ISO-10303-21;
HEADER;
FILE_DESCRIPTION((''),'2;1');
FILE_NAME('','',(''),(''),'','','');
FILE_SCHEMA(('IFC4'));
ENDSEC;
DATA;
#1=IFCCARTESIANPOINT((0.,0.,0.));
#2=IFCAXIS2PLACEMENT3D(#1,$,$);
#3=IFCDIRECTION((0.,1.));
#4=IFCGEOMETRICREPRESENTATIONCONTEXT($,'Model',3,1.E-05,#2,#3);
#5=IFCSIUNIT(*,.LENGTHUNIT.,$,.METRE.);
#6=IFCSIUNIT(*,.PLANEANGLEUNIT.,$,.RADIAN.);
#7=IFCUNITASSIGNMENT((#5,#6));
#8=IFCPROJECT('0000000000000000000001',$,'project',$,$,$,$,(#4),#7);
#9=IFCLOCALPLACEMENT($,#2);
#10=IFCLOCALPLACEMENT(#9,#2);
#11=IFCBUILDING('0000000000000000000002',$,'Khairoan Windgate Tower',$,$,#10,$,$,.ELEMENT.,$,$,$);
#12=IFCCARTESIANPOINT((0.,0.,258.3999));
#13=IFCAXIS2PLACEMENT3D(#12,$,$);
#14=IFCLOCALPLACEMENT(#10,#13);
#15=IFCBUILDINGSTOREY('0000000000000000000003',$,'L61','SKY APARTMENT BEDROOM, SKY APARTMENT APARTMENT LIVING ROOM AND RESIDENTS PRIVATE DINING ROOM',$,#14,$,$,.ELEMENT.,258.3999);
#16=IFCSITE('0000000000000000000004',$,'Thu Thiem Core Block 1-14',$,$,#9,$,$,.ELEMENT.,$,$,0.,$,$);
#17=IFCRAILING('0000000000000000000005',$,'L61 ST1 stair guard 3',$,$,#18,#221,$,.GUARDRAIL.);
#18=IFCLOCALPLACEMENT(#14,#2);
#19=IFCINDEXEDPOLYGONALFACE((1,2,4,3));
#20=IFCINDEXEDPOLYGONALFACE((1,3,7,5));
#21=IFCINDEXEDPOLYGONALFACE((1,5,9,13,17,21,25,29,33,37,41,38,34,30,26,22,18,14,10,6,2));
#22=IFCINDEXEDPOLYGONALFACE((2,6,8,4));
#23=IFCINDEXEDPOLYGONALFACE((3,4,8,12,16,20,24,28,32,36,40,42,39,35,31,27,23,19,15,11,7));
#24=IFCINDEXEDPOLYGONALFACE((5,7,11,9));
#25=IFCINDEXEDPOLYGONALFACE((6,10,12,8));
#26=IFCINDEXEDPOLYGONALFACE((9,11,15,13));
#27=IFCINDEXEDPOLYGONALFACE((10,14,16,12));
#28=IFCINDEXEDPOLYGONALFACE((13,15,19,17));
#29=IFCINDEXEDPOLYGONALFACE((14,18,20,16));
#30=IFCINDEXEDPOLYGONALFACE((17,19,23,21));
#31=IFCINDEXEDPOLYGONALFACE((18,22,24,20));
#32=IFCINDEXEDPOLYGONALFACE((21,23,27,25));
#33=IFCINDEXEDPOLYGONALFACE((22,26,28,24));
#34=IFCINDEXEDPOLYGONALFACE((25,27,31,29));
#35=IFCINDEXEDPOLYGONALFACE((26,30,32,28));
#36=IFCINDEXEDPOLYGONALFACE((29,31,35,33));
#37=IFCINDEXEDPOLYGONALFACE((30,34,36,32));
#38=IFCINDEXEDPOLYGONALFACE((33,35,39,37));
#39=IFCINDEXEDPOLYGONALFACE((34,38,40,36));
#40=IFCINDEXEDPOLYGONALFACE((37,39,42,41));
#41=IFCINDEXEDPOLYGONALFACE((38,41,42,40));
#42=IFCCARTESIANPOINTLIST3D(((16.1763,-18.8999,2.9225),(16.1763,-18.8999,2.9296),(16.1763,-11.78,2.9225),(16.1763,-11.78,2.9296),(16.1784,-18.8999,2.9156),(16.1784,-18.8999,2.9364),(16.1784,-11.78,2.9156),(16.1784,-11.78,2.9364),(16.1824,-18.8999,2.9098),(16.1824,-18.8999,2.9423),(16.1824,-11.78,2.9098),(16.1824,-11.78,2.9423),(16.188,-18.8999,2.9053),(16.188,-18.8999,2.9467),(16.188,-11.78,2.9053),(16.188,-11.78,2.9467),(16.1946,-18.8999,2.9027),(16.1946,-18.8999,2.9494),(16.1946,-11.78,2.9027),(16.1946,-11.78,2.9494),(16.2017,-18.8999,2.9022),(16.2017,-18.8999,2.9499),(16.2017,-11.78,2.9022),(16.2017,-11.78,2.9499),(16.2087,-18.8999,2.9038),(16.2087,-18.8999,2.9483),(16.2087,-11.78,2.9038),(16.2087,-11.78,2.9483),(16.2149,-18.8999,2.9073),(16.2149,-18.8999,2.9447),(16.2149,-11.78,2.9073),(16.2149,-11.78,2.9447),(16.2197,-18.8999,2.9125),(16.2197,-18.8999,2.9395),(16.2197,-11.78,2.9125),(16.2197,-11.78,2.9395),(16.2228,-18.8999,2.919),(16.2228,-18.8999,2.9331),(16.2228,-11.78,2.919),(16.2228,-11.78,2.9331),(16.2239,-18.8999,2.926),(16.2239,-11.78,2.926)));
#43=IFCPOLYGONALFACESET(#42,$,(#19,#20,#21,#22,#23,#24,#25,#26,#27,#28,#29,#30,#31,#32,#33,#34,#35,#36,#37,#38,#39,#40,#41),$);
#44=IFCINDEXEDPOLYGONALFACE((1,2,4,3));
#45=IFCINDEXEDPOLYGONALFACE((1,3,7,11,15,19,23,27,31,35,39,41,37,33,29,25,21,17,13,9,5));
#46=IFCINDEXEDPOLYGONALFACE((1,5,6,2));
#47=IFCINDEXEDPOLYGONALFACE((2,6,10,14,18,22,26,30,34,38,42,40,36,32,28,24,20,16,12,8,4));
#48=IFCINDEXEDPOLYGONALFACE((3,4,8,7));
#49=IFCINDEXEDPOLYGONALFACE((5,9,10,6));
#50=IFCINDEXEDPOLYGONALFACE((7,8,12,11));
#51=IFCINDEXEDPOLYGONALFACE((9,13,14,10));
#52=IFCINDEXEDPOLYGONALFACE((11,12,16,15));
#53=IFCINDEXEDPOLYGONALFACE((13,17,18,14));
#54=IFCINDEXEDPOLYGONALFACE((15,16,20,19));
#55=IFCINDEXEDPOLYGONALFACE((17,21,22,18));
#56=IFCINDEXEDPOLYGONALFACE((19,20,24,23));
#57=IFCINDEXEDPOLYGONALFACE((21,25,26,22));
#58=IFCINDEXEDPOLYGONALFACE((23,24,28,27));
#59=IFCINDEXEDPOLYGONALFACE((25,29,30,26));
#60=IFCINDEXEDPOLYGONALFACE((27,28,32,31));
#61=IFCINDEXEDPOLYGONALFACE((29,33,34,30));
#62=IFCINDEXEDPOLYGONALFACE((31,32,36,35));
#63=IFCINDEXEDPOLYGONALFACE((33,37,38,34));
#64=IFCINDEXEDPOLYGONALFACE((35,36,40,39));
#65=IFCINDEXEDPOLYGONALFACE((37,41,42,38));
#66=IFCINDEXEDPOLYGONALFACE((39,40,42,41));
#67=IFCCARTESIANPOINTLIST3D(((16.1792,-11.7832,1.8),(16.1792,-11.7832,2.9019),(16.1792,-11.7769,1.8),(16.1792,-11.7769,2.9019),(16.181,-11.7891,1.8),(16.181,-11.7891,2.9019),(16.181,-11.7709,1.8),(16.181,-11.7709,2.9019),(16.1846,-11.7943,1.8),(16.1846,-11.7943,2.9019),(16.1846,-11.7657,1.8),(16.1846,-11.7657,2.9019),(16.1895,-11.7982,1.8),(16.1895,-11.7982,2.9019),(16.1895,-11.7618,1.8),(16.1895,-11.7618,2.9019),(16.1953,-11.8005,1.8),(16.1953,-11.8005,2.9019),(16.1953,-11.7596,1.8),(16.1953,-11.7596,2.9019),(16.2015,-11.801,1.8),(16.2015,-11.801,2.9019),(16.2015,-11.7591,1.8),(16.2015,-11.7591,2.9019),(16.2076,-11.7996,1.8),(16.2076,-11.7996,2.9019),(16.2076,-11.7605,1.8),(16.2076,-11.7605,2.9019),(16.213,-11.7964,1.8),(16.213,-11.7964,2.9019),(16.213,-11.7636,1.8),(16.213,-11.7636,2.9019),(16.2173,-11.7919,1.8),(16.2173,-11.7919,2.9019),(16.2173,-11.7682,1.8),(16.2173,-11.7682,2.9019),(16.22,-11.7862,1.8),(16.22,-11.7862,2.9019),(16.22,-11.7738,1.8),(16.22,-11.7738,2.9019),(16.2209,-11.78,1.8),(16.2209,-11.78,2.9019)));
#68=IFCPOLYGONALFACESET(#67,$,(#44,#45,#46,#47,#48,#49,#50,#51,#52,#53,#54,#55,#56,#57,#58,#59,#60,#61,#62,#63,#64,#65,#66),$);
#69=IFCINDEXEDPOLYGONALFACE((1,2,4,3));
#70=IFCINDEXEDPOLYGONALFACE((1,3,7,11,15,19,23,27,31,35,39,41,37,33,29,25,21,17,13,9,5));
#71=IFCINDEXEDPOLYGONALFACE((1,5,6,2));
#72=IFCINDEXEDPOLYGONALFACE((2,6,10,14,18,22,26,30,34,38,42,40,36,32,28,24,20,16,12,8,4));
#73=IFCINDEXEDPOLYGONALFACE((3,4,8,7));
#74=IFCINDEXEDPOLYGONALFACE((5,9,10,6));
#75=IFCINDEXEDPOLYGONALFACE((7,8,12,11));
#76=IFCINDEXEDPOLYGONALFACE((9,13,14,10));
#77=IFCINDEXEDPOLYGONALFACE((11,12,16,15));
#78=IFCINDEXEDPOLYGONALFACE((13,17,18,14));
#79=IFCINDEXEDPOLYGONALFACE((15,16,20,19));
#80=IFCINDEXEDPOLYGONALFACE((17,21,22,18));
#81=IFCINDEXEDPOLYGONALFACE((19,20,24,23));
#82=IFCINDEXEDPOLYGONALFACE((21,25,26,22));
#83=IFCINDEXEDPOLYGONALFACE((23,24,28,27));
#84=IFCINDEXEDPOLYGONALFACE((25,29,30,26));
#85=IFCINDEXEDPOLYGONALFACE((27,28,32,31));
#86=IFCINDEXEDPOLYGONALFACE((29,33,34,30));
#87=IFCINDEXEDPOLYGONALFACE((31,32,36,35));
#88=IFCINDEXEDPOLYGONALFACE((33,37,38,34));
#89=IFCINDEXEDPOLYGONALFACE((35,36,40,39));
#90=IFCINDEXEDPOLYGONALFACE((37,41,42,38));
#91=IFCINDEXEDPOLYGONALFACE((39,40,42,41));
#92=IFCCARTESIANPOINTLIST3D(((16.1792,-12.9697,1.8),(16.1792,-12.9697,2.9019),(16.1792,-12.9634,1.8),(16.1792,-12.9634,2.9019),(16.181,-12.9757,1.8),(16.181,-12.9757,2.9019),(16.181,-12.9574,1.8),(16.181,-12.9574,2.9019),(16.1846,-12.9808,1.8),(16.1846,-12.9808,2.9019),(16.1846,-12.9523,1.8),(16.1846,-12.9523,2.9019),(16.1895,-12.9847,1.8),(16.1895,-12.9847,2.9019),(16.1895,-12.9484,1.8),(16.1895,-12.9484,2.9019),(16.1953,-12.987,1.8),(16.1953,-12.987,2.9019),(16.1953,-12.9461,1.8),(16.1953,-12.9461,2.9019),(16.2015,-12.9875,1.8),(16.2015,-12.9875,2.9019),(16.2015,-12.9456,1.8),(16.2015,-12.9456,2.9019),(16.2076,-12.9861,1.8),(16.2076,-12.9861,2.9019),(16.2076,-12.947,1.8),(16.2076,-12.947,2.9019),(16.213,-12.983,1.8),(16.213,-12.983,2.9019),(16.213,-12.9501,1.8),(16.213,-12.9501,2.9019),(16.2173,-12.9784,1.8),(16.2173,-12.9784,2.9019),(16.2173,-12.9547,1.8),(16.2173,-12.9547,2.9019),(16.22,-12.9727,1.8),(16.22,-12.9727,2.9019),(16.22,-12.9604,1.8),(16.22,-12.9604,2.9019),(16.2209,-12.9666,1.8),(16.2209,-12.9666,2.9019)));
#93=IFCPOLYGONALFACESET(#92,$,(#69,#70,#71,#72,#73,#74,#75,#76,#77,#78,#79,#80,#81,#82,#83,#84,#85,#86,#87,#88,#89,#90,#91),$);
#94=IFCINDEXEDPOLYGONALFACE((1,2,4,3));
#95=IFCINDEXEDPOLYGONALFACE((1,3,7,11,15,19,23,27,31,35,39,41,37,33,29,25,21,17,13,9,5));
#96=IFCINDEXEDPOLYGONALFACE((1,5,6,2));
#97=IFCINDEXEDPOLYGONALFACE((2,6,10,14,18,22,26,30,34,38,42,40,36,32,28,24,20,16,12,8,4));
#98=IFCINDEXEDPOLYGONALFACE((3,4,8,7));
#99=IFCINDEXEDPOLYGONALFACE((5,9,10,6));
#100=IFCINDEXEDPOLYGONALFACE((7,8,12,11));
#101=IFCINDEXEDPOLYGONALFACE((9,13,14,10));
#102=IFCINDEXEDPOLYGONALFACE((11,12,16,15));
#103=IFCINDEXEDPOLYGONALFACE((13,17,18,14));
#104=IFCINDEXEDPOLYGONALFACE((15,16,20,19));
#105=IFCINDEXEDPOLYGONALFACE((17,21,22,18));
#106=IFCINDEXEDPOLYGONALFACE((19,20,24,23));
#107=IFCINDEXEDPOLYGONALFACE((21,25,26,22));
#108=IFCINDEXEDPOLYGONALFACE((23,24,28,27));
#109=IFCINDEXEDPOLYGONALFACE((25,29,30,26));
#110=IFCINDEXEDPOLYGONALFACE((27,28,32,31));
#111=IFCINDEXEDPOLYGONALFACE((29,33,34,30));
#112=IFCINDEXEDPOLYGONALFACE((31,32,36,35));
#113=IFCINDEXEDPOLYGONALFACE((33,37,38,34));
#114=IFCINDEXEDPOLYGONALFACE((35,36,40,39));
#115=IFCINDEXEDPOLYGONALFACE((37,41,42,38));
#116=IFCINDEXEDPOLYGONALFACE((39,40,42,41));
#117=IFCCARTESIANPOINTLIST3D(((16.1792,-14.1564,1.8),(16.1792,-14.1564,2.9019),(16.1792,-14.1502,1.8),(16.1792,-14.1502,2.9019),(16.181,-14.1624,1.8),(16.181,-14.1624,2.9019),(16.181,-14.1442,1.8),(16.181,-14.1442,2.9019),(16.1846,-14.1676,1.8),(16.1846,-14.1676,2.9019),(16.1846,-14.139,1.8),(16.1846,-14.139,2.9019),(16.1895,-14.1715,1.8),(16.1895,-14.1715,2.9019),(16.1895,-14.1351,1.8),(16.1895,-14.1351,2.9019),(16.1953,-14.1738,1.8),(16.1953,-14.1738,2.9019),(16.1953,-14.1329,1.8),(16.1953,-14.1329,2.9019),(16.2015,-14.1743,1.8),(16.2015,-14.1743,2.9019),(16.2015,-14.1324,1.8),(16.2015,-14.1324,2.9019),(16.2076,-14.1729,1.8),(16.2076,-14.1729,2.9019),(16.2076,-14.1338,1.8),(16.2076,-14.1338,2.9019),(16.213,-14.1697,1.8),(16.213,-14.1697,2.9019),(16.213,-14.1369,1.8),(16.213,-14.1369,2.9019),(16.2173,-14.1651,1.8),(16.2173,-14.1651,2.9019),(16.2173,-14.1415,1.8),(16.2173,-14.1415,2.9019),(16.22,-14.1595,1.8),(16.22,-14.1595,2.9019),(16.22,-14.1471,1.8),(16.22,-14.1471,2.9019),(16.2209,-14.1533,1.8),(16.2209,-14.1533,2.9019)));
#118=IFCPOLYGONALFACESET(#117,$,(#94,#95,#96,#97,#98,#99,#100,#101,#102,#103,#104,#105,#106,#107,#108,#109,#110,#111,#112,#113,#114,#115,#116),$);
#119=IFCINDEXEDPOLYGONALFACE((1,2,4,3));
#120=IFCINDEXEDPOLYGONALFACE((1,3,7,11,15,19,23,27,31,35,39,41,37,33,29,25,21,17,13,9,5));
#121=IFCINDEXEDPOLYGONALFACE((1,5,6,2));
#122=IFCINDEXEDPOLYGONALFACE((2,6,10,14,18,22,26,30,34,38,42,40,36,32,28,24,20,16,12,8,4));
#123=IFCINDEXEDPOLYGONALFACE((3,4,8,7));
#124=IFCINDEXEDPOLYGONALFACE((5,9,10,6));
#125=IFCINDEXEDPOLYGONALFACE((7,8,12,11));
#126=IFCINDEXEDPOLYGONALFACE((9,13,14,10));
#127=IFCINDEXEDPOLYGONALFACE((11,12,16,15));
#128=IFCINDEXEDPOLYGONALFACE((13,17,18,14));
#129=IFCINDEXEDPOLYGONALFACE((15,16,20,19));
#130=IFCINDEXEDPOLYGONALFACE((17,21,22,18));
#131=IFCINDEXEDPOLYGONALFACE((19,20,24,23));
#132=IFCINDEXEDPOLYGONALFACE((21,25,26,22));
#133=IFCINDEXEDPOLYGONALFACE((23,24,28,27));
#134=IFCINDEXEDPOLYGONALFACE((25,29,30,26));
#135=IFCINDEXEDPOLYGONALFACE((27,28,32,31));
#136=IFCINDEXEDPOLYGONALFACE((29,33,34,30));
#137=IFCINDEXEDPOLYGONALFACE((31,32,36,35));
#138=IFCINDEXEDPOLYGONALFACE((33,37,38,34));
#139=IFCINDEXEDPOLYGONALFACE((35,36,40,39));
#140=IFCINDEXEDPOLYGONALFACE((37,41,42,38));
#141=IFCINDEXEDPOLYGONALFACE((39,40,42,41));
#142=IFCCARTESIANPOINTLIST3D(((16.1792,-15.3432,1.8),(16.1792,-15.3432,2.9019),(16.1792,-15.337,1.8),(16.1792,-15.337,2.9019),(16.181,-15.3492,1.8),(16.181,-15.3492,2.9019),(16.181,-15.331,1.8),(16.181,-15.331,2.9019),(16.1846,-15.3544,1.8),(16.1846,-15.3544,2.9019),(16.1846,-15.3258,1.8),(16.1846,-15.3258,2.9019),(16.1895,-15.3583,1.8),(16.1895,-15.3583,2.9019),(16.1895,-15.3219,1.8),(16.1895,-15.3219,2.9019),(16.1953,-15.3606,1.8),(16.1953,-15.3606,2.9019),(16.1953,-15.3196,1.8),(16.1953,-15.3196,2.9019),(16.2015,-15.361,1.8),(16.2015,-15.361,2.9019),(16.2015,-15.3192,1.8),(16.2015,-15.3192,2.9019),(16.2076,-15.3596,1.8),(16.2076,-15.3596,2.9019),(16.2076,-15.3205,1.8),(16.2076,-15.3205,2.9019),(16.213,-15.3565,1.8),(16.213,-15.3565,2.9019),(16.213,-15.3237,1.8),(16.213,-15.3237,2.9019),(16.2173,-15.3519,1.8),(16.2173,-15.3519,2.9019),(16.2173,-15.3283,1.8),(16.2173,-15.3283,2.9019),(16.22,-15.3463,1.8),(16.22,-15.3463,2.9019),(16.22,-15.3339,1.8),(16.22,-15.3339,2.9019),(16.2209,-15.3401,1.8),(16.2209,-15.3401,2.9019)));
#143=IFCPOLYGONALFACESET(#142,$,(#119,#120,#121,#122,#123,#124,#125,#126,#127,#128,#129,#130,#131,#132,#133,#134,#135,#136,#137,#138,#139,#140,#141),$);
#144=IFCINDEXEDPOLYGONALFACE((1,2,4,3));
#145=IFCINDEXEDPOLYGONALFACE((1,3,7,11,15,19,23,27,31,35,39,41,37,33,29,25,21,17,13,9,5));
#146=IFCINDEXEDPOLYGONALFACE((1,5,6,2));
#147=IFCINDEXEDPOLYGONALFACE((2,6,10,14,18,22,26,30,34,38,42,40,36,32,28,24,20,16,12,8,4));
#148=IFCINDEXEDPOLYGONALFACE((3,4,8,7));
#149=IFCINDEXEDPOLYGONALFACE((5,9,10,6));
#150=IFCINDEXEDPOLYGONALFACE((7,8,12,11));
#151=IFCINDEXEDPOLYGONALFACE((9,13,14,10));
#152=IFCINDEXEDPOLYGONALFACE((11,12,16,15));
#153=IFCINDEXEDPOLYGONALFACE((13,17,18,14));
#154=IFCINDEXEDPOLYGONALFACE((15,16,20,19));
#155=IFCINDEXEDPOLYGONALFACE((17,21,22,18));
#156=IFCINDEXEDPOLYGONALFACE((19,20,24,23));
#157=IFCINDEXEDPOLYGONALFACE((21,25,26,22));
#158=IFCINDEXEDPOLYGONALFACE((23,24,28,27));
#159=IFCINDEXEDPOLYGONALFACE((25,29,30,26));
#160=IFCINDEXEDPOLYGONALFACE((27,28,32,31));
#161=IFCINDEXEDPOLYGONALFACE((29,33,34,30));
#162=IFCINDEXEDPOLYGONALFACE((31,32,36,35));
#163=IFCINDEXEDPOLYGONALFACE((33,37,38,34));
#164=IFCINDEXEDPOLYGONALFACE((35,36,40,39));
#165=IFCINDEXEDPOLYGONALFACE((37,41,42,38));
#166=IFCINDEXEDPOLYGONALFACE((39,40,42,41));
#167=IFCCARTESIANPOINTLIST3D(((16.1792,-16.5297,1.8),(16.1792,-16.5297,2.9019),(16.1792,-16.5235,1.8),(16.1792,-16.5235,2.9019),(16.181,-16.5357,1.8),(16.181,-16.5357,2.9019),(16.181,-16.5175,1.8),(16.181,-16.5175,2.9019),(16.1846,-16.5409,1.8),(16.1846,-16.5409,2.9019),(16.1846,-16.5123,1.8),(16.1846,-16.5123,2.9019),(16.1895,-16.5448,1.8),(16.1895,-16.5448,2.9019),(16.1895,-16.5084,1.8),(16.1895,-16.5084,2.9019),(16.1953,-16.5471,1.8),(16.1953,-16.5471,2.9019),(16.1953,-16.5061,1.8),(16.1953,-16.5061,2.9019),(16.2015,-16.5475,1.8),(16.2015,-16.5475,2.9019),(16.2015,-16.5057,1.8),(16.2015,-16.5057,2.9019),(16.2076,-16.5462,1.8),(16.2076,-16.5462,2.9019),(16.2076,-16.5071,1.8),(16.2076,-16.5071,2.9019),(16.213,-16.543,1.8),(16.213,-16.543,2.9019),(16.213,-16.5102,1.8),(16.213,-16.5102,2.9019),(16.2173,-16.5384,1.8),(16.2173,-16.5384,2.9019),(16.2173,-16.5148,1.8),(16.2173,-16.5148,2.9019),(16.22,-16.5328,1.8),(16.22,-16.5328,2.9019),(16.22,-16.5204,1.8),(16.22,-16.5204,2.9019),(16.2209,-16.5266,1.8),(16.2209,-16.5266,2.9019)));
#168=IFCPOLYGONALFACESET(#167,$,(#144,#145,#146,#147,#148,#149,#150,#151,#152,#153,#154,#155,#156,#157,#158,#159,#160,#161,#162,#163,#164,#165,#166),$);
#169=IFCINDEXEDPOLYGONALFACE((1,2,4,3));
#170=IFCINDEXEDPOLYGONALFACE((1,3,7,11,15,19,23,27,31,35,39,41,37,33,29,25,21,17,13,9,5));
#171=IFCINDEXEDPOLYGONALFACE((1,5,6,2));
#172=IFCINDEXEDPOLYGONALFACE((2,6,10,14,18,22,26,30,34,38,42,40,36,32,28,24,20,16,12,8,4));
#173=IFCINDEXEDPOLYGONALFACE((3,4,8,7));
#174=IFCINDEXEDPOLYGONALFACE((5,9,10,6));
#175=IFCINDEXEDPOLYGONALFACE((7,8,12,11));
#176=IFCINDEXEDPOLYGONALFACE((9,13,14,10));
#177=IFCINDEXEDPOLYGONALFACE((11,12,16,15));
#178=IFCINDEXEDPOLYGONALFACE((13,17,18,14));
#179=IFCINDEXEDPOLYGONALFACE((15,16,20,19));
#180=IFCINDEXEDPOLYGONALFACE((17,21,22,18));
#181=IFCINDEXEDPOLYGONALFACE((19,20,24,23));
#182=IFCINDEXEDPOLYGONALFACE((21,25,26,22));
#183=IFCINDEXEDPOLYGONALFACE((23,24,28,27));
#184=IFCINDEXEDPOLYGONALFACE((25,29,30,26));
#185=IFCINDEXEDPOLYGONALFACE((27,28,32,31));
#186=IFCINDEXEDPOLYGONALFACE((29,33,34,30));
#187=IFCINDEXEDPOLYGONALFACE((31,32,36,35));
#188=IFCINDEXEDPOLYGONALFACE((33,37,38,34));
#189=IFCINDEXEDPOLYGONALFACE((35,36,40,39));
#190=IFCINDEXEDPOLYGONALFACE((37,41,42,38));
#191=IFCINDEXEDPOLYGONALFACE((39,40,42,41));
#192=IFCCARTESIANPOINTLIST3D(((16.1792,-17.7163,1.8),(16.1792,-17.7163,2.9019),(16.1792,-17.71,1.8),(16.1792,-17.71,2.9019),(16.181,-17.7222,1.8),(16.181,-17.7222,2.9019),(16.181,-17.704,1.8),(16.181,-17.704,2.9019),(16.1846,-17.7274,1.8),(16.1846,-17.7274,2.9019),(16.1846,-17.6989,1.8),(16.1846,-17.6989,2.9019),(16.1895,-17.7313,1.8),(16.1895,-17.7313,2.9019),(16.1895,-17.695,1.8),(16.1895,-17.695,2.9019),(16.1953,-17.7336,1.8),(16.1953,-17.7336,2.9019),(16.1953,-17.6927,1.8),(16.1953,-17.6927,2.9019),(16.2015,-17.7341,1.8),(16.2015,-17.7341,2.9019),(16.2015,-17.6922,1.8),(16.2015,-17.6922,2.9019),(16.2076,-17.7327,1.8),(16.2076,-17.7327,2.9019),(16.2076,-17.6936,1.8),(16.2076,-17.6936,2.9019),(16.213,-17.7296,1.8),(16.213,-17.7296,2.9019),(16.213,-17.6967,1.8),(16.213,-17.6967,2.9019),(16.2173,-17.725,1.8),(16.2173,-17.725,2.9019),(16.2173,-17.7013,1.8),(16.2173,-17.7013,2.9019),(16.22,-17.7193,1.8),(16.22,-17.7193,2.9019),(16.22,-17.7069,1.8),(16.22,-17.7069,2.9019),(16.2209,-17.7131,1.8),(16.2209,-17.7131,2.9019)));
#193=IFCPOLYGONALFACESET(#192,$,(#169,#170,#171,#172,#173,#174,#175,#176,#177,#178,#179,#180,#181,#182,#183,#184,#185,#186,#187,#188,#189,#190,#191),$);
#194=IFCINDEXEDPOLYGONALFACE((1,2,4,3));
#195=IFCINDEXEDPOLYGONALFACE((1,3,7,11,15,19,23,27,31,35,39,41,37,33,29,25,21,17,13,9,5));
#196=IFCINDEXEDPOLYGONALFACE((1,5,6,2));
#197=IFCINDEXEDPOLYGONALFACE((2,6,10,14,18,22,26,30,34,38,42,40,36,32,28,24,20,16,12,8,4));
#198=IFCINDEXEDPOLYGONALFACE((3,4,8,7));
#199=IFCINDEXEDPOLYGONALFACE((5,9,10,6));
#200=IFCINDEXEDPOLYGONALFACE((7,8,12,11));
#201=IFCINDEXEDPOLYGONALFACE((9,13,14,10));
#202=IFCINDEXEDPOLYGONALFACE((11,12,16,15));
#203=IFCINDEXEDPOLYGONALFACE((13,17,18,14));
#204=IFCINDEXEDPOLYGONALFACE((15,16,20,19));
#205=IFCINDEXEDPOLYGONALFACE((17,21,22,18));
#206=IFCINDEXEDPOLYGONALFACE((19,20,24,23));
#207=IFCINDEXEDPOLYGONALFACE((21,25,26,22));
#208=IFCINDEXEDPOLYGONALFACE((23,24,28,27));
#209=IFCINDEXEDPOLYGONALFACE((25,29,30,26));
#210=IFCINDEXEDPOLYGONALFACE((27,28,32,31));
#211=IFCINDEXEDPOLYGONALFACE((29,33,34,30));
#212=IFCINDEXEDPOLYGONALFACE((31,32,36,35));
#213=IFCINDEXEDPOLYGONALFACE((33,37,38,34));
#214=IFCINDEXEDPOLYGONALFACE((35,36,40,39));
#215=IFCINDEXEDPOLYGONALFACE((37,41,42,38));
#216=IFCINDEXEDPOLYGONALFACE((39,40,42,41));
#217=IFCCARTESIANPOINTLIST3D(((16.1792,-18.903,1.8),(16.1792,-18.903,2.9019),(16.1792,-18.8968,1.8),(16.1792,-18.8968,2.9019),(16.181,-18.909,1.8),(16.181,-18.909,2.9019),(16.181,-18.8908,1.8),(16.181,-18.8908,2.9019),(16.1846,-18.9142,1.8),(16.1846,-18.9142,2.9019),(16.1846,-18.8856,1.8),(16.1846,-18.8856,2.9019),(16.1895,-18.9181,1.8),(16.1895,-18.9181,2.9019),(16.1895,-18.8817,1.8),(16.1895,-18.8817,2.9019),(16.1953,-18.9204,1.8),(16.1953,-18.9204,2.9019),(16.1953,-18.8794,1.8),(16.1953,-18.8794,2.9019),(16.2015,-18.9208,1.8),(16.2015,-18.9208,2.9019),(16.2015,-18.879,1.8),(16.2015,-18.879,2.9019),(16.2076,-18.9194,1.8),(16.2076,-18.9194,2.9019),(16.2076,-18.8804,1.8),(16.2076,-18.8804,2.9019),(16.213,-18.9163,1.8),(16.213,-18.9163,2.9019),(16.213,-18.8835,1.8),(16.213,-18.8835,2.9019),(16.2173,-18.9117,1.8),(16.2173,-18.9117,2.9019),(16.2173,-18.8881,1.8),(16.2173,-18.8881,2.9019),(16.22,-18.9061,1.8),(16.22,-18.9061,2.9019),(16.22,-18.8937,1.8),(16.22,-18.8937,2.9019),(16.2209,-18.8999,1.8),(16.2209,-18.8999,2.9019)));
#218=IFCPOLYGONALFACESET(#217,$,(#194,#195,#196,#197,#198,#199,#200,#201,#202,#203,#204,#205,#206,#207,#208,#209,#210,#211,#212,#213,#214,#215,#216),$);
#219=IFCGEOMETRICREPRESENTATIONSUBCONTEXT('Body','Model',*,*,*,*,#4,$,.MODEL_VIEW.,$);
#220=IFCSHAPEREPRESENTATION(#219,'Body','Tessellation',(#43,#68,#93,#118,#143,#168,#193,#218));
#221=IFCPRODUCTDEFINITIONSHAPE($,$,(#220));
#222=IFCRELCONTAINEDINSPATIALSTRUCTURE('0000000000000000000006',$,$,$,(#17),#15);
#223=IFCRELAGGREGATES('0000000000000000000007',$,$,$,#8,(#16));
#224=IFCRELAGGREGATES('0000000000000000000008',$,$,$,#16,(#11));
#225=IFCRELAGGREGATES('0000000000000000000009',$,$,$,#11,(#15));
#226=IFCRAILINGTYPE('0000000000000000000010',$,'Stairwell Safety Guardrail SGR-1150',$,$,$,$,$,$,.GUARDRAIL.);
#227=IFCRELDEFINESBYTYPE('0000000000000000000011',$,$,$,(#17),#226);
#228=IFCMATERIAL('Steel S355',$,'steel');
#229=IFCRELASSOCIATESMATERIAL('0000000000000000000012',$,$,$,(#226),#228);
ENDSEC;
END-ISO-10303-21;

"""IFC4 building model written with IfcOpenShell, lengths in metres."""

from ifc_helpers import new_model, si_unit, direction, frame, origin, origin_2d, place, context, subcontext, project, spatial, circle, extrude, material, type_object, element, save


model = new_model("IFC4")

# Units and contexts
model_context = context("Model", 3, precision=1e-05, world=origin(), true_north=direction((0.0, 1.0)))
body_context = subcontext(model_context, "Body", "Model", "MODEL_VIEW")
ifc_project = project(units=[si_unit("LENGTHUNIT", "METRE"), si_unit("PLANEANGLEUNIT", "RADIAN")], contexts=[model_context])

# Site, building, storey
site_placement = place(None, origin())
site = spatial("IfcSite", under=ifc_project, at=site_placement, Name="Thu Thiem Core Block 1-14", CompositionType="ELEMENT", RefElevation=0.0)
building_placement = place(site_placement, origin())
building = spatial("IfcBuilding", under=site, at=building_placement, Name="Khairoan Windgate Tower", CompositionType="ELEMENT")
storey_placement = place(building_placement, frame((0.0, 0.0, 258.3999)))
storey = spatial("IfcBuildingStorey", under=building, at=storey_placement, Name="L61", Description="SKY APARTMENT BEDROOM, SKY APARTMENT APARTMENT LIVING ROOM AND RESIDENTS PRIVATE DINING ROOM", CompositionType="ELEMENT", Elevation=258.3999)

# Railing
ifc_material_1 = material(Name="Steel S355", Category="steel")
railing_type_1 = type_object("IfcRailingType", Name="Stairwell Safety Guardrail SGR-1150", PredefinedType="GUARDRAIL", material=ifc_material_1)
railing_1_placement = place(storey_placement, frame((16.2, -11.78, 1.8)))
element("IfcRailing", 1, at=railing_1_placement, inside=storey, type_object=railing_type_1, Name="L61 ST1 stair guard 3", PredefinedType="GUARDRAIL", context=body_context, shape_type="SweptSolid", body=[
    extrude(circle(Radius=0.0239, at=origin_2d()), frame((0.0, 0.0, 1.126), z_axis=(0.0, -1.0, 0.0), x_axis=(1.0, 0.0, 0.0)), (0.0, 0.0, 1.0), 7.1199),
    extrude(circle(Radius=0.021, at=origin_2d()), origin(), (0.0, 0.0, 1.0), 1.1018),
    extrude(circle(Radius=0.021, at=origin_2d()), frame((0.0, -1.1865, 0.0)), (0.0, 0.0, 1.0), 1.1018),
    extrude(circle(Radius=0.021, at=origin_2d()), frame((0.0, -2.3733, 0.0)), (0.0, 0.0, 1.0), 1.1018),
    extrude(circle(Radius=0.021, at=origin_2d()), frame((0.0, -3.5601, 0.0)), (0.0, 0.0, 1.0), 1.1018),
    extrude(circle(Radius=0.021, at=origin_2d()), frame((0.0, -4.7466, 0.0)), (0.0, 0.0, 1.0), 1.1018),
    extrude(circle(Radius=0.021, at=origin_2d()), frame((0.0, -5.9331, 0.0)), (0.0, 0.0, 1.0), 1.1018),
    extrude(circle(Radius=0.021, at=origin_2d()), frame((0.0, -7.1199, 0.0)), (0.0, 0.0, 1.0), 1.1018),
])

save(model, "model.ifc")
